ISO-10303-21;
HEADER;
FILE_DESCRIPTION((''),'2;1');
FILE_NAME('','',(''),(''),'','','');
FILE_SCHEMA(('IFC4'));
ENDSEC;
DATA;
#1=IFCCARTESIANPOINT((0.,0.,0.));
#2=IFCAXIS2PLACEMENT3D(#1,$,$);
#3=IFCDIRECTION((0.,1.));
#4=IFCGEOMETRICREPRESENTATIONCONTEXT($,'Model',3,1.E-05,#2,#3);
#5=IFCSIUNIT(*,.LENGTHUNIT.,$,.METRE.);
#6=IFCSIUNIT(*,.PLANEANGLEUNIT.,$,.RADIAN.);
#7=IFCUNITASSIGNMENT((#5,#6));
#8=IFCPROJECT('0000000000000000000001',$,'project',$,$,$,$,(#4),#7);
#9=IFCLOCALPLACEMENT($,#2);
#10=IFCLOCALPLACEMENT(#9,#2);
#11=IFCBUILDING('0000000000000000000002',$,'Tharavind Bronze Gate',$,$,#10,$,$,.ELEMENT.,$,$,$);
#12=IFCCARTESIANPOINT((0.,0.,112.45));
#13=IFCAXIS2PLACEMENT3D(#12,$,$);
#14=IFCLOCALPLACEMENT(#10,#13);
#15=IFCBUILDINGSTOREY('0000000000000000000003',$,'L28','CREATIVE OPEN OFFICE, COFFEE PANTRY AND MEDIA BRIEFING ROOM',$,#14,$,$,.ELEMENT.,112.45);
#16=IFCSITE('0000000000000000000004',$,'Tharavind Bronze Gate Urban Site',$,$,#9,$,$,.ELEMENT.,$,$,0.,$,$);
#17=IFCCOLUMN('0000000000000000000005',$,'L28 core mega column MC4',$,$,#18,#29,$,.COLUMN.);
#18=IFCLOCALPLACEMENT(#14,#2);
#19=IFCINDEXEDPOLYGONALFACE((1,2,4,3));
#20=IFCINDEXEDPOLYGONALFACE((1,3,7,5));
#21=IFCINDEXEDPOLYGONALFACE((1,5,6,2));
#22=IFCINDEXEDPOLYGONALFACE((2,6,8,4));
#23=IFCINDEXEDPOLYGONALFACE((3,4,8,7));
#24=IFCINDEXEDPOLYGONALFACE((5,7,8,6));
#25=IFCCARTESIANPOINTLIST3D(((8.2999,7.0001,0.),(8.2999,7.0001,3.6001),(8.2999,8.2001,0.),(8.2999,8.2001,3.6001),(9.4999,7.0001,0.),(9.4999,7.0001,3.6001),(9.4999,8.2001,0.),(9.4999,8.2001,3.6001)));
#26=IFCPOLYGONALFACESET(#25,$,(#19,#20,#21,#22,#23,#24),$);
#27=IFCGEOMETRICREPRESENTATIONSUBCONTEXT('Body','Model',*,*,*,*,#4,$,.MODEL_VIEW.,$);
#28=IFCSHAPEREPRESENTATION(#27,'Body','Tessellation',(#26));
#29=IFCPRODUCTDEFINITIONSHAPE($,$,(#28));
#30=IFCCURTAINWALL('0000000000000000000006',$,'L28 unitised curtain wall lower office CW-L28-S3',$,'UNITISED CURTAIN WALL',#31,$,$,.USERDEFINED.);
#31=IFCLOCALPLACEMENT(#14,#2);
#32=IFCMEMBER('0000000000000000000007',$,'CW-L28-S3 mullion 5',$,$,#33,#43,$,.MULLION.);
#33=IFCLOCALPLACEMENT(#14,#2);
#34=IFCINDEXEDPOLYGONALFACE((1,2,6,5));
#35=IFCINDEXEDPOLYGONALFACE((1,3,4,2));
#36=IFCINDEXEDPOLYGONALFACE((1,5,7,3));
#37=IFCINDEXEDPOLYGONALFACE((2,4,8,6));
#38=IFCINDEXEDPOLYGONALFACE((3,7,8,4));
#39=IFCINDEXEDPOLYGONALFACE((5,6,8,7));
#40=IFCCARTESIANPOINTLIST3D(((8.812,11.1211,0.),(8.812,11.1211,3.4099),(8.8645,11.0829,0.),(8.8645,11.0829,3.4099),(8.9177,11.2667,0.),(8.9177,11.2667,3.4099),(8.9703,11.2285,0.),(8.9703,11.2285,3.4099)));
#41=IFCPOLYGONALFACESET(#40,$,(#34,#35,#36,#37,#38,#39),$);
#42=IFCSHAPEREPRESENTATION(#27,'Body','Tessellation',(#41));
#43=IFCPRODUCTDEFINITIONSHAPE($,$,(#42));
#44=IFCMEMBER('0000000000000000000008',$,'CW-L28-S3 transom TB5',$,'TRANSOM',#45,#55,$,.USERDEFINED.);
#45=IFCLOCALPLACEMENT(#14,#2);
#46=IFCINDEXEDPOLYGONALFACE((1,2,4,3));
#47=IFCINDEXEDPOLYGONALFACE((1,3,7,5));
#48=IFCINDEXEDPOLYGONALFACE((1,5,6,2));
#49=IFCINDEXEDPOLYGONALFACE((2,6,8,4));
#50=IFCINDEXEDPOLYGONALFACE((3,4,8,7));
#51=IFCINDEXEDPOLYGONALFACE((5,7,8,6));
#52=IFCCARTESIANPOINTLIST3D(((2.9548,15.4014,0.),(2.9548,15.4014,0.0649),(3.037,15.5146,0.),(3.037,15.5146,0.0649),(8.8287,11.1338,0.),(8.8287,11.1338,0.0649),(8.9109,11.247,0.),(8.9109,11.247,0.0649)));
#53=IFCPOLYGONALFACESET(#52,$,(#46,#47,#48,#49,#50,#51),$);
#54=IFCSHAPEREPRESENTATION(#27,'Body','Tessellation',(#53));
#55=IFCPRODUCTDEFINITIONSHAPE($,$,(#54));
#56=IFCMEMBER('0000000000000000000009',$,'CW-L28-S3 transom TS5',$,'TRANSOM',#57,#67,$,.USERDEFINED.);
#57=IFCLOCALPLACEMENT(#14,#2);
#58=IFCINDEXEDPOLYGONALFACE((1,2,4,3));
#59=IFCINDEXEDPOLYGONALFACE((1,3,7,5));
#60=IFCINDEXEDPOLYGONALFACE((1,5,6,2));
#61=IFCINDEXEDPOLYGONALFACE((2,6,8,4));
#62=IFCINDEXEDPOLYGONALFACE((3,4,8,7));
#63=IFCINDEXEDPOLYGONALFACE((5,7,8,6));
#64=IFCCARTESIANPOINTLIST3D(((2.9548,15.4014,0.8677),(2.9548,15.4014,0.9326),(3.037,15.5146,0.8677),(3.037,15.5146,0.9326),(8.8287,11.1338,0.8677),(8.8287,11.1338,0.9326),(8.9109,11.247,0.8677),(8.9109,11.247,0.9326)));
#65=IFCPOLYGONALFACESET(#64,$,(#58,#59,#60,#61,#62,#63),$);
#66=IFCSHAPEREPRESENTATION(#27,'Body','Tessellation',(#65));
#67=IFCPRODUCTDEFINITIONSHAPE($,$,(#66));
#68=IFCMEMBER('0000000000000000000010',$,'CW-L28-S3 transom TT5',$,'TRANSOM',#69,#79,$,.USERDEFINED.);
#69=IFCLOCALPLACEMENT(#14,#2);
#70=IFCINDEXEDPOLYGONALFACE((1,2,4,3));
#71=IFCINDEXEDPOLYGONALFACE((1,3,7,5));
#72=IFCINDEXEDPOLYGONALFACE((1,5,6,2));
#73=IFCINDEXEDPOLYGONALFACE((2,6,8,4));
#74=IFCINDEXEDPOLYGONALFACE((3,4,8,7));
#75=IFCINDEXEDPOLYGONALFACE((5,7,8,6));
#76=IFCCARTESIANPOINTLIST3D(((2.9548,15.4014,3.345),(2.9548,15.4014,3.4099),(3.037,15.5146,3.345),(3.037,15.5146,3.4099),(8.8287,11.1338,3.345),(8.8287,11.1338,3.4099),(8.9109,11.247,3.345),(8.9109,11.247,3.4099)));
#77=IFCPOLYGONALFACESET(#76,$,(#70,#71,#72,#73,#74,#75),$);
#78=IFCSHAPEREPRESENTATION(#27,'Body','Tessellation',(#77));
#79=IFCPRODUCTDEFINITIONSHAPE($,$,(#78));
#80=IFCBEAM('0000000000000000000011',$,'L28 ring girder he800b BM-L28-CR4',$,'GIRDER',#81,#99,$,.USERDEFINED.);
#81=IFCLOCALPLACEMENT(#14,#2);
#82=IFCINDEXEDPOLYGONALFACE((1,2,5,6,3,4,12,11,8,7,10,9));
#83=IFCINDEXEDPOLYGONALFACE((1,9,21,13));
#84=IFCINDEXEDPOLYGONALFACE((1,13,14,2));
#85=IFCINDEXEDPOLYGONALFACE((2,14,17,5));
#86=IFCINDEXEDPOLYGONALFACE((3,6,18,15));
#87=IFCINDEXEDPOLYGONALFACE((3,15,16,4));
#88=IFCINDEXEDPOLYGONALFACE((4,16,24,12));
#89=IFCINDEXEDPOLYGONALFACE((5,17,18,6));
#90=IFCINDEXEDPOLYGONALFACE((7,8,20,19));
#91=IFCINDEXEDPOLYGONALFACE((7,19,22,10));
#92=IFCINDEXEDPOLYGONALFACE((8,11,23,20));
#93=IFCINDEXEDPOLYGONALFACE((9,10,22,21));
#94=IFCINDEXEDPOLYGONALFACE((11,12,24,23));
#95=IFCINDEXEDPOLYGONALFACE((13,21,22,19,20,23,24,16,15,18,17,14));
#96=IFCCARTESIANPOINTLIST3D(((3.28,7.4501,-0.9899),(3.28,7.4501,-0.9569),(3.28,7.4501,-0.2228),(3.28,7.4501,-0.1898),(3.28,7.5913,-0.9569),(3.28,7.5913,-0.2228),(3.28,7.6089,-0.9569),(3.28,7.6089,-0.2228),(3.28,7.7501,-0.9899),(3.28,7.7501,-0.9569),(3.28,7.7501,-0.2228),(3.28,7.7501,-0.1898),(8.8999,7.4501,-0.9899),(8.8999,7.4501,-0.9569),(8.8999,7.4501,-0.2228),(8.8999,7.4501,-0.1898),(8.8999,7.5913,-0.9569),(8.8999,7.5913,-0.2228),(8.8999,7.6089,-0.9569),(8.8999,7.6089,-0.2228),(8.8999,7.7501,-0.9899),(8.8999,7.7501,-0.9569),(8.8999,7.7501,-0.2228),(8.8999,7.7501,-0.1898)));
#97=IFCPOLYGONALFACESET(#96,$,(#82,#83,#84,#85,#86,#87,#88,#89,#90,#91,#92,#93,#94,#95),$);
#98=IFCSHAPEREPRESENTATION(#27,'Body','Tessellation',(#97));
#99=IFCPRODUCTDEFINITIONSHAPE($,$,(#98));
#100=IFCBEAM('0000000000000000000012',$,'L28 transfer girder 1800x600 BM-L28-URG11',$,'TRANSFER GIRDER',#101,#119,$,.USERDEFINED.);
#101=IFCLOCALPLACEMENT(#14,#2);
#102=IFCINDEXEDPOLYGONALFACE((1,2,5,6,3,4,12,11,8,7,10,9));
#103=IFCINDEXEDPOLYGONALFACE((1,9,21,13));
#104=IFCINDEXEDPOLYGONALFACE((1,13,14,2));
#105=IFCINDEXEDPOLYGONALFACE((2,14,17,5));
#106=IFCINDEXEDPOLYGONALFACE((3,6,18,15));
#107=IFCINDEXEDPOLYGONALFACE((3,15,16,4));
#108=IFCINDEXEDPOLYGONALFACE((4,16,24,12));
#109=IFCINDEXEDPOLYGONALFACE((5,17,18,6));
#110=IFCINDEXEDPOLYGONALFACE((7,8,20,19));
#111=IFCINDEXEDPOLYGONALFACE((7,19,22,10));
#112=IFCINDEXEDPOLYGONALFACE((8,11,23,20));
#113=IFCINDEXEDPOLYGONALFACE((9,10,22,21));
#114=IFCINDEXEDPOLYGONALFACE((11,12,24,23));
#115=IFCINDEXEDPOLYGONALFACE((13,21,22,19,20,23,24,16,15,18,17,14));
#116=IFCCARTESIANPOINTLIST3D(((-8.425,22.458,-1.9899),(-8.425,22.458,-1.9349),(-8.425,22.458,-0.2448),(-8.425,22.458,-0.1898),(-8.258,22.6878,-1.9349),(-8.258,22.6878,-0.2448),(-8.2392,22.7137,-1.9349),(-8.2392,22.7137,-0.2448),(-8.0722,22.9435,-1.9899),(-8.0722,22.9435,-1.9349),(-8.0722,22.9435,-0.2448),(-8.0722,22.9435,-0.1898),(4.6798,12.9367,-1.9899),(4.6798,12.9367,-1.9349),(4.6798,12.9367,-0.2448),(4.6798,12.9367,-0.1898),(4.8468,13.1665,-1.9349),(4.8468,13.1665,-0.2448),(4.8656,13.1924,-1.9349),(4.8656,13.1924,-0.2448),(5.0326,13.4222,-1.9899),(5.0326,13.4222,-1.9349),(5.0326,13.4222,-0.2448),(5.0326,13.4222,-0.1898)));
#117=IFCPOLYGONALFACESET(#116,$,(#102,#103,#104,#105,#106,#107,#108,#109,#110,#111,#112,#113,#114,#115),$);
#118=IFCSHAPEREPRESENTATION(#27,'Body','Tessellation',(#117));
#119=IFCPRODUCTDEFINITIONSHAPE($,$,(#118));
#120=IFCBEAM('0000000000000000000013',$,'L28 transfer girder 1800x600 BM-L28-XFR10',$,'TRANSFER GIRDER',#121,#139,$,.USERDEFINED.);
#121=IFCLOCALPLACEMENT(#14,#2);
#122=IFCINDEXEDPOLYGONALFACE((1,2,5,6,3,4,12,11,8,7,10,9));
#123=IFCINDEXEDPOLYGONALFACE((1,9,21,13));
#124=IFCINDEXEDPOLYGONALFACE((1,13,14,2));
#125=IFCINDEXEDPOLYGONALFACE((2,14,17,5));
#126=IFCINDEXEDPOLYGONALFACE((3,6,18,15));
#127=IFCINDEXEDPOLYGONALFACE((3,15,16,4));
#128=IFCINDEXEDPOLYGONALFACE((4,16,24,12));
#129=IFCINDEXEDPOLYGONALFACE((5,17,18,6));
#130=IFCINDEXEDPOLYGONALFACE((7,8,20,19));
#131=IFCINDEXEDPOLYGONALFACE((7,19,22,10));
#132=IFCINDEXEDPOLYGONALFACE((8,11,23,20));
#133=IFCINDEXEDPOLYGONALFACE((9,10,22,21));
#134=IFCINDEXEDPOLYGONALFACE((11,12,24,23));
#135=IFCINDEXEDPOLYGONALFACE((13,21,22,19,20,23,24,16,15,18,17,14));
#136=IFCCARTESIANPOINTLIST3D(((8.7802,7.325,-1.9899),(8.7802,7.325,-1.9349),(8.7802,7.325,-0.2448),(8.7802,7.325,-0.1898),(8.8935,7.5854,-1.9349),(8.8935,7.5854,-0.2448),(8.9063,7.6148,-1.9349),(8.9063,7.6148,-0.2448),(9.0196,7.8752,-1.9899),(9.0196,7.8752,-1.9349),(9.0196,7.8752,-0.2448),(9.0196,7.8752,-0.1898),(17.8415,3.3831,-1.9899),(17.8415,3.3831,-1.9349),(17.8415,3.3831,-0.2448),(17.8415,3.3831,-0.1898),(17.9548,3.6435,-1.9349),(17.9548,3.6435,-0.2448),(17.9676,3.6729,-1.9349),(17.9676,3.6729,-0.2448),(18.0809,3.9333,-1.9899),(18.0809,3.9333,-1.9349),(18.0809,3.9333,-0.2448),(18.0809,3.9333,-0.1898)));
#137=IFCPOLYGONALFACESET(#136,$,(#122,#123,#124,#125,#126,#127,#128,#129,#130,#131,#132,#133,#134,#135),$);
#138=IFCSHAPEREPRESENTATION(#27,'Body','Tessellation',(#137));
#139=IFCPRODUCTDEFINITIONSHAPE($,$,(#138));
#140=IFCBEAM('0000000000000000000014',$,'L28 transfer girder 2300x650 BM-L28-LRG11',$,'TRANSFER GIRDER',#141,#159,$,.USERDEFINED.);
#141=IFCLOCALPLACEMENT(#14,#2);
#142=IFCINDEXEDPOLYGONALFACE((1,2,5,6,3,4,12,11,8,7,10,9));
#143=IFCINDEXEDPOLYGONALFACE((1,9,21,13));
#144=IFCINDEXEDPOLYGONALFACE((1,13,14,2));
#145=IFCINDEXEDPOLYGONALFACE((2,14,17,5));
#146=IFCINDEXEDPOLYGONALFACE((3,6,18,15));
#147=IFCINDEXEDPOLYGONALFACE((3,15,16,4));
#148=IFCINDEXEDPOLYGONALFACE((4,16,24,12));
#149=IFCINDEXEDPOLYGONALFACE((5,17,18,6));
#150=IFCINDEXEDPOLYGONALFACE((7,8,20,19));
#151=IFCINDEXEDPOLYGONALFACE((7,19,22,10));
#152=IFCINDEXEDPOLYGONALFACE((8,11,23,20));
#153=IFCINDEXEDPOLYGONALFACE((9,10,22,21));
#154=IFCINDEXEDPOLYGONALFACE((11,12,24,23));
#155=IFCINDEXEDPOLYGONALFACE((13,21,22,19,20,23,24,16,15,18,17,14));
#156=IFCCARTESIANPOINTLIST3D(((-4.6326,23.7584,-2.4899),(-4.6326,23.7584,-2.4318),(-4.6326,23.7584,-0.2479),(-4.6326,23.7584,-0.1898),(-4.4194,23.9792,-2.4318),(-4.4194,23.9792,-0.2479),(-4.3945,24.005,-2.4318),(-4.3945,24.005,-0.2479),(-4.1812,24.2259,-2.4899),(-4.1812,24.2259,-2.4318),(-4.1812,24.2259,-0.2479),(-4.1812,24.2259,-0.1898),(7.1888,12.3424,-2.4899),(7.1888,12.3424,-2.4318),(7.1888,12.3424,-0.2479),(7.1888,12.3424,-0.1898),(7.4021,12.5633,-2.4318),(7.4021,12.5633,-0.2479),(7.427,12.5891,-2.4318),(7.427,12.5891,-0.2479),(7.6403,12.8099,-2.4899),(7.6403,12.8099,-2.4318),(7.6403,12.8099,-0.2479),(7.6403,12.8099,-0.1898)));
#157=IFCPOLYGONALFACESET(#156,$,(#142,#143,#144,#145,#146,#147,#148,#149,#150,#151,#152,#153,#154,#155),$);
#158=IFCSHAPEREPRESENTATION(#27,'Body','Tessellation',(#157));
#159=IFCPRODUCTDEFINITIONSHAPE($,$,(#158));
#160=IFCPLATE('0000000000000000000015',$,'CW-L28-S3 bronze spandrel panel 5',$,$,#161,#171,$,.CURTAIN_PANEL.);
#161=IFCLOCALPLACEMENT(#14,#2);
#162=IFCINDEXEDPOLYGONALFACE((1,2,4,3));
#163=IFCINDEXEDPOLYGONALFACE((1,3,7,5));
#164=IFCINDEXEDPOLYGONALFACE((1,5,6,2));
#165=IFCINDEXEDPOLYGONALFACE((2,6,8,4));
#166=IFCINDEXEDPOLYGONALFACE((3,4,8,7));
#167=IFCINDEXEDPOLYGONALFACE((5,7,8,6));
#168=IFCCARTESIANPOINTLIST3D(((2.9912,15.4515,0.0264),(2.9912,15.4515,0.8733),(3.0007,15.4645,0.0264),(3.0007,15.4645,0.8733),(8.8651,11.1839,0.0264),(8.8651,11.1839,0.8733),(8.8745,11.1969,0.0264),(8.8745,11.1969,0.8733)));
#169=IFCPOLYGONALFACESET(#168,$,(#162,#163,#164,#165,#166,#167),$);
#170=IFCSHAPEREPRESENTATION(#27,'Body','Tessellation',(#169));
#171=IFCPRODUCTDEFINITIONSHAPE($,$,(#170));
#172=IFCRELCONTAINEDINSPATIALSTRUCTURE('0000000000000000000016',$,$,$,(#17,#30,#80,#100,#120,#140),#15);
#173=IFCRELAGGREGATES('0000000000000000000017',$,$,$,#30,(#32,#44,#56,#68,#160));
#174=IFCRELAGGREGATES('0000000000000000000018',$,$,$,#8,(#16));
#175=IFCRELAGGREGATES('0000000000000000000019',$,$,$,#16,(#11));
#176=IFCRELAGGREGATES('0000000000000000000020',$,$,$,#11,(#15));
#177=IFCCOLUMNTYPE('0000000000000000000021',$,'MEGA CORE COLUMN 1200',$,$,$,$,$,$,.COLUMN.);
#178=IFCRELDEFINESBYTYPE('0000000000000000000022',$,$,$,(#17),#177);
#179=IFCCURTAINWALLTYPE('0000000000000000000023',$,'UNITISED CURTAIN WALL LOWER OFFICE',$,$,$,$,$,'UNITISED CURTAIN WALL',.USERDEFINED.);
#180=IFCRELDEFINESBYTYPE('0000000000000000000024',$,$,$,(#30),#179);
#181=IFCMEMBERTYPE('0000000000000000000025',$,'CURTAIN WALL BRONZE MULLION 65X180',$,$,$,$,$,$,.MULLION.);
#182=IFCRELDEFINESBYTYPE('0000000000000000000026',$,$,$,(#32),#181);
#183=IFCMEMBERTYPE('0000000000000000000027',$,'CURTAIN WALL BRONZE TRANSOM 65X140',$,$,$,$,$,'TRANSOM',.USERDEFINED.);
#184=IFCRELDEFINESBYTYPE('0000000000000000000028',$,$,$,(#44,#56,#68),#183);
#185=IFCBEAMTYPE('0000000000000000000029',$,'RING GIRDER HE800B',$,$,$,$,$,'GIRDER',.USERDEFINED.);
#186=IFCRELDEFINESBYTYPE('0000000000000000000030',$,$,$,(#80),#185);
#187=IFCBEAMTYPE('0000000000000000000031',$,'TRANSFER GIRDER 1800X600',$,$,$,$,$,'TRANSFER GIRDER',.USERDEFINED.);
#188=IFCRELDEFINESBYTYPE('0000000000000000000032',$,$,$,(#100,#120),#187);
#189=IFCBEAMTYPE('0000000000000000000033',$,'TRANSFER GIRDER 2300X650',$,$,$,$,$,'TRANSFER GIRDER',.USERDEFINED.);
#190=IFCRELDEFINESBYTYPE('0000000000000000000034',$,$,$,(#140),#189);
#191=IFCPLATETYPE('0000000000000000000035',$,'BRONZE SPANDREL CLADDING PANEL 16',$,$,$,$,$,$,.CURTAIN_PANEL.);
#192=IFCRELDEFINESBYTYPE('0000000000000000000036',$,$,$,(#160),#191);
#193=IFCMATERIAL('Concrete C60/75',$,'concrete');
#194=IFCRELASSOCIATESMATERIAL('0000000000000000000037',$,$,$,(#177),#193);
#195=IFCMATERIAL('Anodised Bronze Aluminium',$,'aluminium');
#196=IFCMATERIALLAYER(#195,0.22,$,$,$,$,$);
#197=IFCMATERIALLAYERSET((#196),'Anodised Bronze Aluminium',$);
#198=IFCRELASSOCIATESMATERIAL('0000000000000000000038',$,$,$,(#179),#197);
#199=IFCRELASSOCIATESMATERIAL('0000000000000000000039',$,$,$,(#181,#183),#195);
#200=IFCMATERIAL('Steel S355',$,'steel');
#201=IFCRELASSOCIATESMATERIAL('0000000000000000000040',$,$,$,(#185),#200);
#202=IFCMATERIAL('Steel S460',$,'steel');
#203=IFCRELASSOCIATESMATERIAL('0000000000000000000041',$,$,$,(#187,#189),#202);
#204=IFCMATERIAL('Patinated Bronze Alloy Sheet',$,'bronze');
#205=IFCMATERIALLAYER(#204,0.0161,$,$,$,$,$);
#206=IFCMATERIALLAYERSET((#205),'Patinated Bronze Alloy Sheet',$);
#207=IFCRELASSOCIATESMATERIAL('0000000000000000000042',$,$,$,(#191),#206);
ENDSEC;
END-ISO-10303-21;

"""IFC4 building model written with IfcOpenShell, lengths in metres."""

from ifc_helpers import new_model, si_unit, direction, frame, origin, origin_2d, place, context, subcontext, project, spatial, rectangle, i_section, extrude, material, layer, layer_set, material_profile, profile_set, type_object, element, aggregate, save


model = new_model("IFC4")

# Units and contexts
model_context = context("Model", 3, precision=1e-05, world=origin(), true_north=direction((0.0, 1.0)))
body_context = subcontext(model_context, "Body", "Model", "MODEL_VIEW")
ifc_project = project(units=[si_unit("LENGTHUNIT", "METRE"), si_unit("PLANEANGLEUNIT", "RADIAN")], contexts=[model_context])

# Site, building, storey
site_placement = place(None, origin())
site = spatial("IfcSite", under=ifc_project, at=site_placement, Name="Tharavind Bronze Gate Urban Site", CompositionType="ELEMENT", RefElevation=0.0)
building_placement = place(site_placement, origin())
building = spatial("IfcBuilding", under=site, at=building_placement, Name="Tharavind Bronze Gate", CompositionType="ELEMENT")
storey_placement = place(building_placement, frame((0.0, 0.0, 112.45)))
storey = spatial("IfcBuildingStorey", under=building, at=storey_placement, Name="L28", Description="CREATIVE OPEN OFFICE, COFFEE PANTRY AND MEDIA BRIEFING ROOM", CompositionType="ELEMENT", Elevation=112.45)

# Column
ifc_material_1 = material(Name="Concrete C60/75", Category="concrete")
ifc_material_profile_1 = material_profile(ifc_material_1, rectangle(XDim=1.2, YDim=1.2, at=origin_2d()), Name="RCCOL1200")
ifc_profile_set_1 = profile_set([ifc_material_profile_1], Name="Concrete C60/75")
column_type = type_object("IfcColumnType", Name="MEGA CORE COLUMN 1200", PredefinedType="COLUMN", material=ifc_profile_set_1)
column_placement = place(storey_placement, frame((8.8999, 7.6001, 0.0), z_axis=(0.0, 0.0, 1.0), x_axis=(1.0, 0.0, 0.0)))
element("IfcColumn", 1, at=column_placement, inside=storey, type_object=column_type, Name="L28 core mega column MC4", PredefinedType="COLUMN", context=body_context, shape_type="SweptSolid", body=[
    extrude(rectangle(XDim=1.2, YDim=1.2, at=origin_2d()), origin(), (0.0, 0.0, 1.0), 3.6001),
])

# Curtain wall, members
ifc_material_2 = material(Name="Anodised Bronze Aluminium", Category="aluminium")
ifc_layer_1 = layer(ifc_material_2, 0.22)
ifc_layer_set_1 = layer_set([ifc_layer_1], Name="Anodised Bronze Aluminium")
curtain_wall_type = type_object("IfcCurtainWallType", Name="UNITISED CURTAIN WALL LOWER OFFICE", ElementType="UNITISED CURTAIN WALL", PredefinedType="USERDEFINED", material=ifc_layer_set_1)
curtain_wall_placement = place(storey_placement, origin())
curtain_wall = element("IfcCurtainWall", 2, at=curtain_wall_placement, inside=storey, type_object=curtain_wall_type, Name="L28 unitised curtain wall lower office CW-L28-S3", ObjectType="UNITISED CURTAIN WALL", PredefinedType="USERDEFINED")
member_type_1 = type_object("IfcMemberType", Name="CURTAIN WALL BRONZE MULLION 65X180", PredefinedType="MULLION", material=ifc_material_2)
member_1_placement = place(storey_placement, frame((8.8911, 11.1748, 0.0), z_axis=(0.0, 0.0, 1.0), x_axis=(-0.809017, 0.587785, 0.0)))
member_1 = element("IfcMember", 3, at=member_1_placement, type_object=member_type_1, Name="CW-L28-S3 mullion 5", PredefinedType="MULLION", context=body_context, shape_type="SweptSolid", body=[
    extrude(rectangle(XDim=0.0649, YDim=0.1799, at=origin_2d()), origin(), (0.0, 0.0, 1.0), 3.4099),
])
member_type_2 = type_object("IfcMemberType", Name="CURTAIN WALL BRONZE TRANSOM 65X140", ElementType="TRANSOM", PredefinedType="USERDEFINED", material=ifc_material_2)
member_2_placement = place(storey_placement, frame((5.9329, 13.3242, 0.0), z_axis=(0.0, 0.0, 1.0), x_axis=(-0.809017, 0.587785, 0.0)))
member_2 = element("IfcMember", 4, at=member_2_placement, type_object=member_type_2, Name="CW-L28-S3 transom TB5", ObjectType="TRANSOM", PredefinedType="USERDEFINED", context=body_context, shape_type="SweptSolid", body=[
    extrude(rectangle(XDim=7.2605, YDim=0.1399, at=origin_2d()), origin(), (0.0, 0.0, 1.0), 0.0649),
])
member_3_placement = place(storey_placement, frame((5.9329, 13.3242, 0.8677), z_axis=(0.0, 0.0, 1.0), x_axis=(-0.809017, 0.587785, 0.0)))
member_3 = element("IfcMember", 5, at=member_3_placement, type_object=member_type_2, Name="CW-L28-S3 transom TS5", ObjectType="TRANSOM", PredefinedType="USERDEFINED", context=body_context, shape_type="SweptSolid", body=[
    extrude(rectangle(XDim=7.2605, YDim=0.1399, at=origin_2d()), origin(), (0.0, 0.0, 1.0), 0.0649),
])
member_4_placement = place(storey_placement, frame((5.9329, 13.3242, 3.345), z_axis=(0.0, 0.0, 1.0), x_axis=(-0.809017, 0.587785, 0.0)))
member_4 = element("IfcMember", 6, at=member_4_placement, type_object=member_type_2, Name="CW-L28-S3 transom TT5", ObjectType="TRANSOM", PredefinedType="USERDEFINED", context=body_context, shape_type="SweptSolid", body=[
    extrude(rectangle(XDim=7.2605, YDim=0.1399, at=origin_2d()), origin(), (0.0, 0.0, 1.0), 0.0649),
])

# Beams
ifc_material_3 = material(Name="Steel S355", Category="steel")
ifc_material_profile_2 = material_profile(ifc_material_3, i_section(OverallWidth=0.3, OverallDepth=0.8, WebThickness=0.0176, FlangeThickness=0.033, at=origin_2d()), Name="HE800B")
ifc_profile_set_2 = profile_set([ifc_material_profile_2], Name="Steel S355")
beam_type_1 = type_object("IfcBeamType", Name="RING GIRDER HE800B", ElementType="GIRDER", PredefinedType="USERDEFINED", material=ifc_profile_set_2)
beam_1_placement = place(storey_placement, frame((8.8999, 7.6001, -0.5898), z_axis=(-1.0, 0.0, 0.0), x_axis=(0.0, -1.0, 0.0)))
element("IfcBeam", 7, at=beam_1_placement, inside=storey, type_object=beam_type_1, Name="L28 ring girder he800b BM-L28-CR4", ObjectType="GIRDER", PredefinedType="USERDEFINED", context=body_context, shape_type="SweptSolid", body=[
    extrude(i_section(OverallWidth=0.3, OverallDepth=0.8, WebThickness=0.0176, FlangeThickness=0.033, at=origin_2d()), origin(), (0.0, 0.0, 1.0), 5.6199),
])
ifc_material_4 = material(Name="Steel S460", Category="steel")
ifc_material_profile_3 = material_profile(ifc_material_4, i_section(OverallWidth=0.6001, OverallDepth=1.8, WebThickness=0.032, FlangeThickness=0.0549, at=origin_2d()), Name="PG1800X600")
ifc_profile_set_3 = profile_set([ifc_material_profile_3], Name="Steel S460")
beam_type_2 = type_object("IfcBeamType", Name="TRANSFER GIRDER 1800X600", ElementType="TRANSFER GIRDER", PredefinedType="USERDEFINED", material=ifc_profile_set_3)
beam_2_placement = place(storey_placement, frame((4.8562, 13.1794, -1.0898), z_axis=(-0.809014, 0.587789, 0.0), x_axis=(-0.587789, -0.809014, 0.0)))
element("IfcBeam", 8, at=beam_2_placement, inside=storey, type_object=beam_type_2, Name="L28 transfer girder 1800x600 BM-L28-URG11", ObjectType="TRANSFER GIRDER", PredefinedType="USERDEFINED", context=body_context, shape_type="SweptSolid", body=[
    extrude(i_section(OverallWidth=0.6001, OverallDepth=1.8, WebThickness=0.032, FlangeThickness=0.0549, at=origin_2d()), origin(), (0.0, 0.0, 1.0), 16.1985),
])
beam_3_placement = place(storey_placement, frame((8.8999, 7.6001, -1.0898), z_axis=(0.916988, -0.398914, 0.0), x_axis=(0.398914, 0.916988, 0.0)))
element("IfcBeam", 9, at=beam_3_placement, inside=storey, type_object=beam_type_2, Name="L28 transfer girder 1800x600 BM-L28-XFR10", ObjectType="TRANSFER GIRDER", PredefinedType="USERDEFINED", context=body_context, shape_type="SweptSolid", body=[
    extrude(i_section(OverallWidth=0.6001, OverallDepth=1.8, WebThickness=0.032, FlangeThickness=0.0549, at=origin_2d()), origin(), (0.0, 0.0, 1.0), 9.8816),
])
ifc_material_profile_4 = material_profile(ifc_material_4, i_section(OverallWidth=0.6499, OverallDepth=2.3, WebThickness=0.0359, FlangeThickness=0.0581, at=origin_2d()), Name="PG2300X650")
ifc_profile_set_4 = profile_set([ifc_material_profile_4], Name="Steel S460")
beam_type_3 = type_object("IfcBeamType", Name="TRANSFER GIRDER 2300X650", ElementType="TRANSFER GIRDER", PredefinedType="USERDEFINED", material=ifc_profile_set_4)
beam_4_placement = place(storey_placement, frame((7.4146, 12.5762, -1.3398), z_axis=(-0.719337, 0.694661, 0.0), x_axis=(-0.694661, -0.719337, 0.0)))
element("IfcBeam", 10, at=beam_4_placement, inside=storey, type_object=beam_type_3, Name="L28 transfer girder 2300x650 BM-L28-LRG11", ObjectType="TRANSFER GIRDER", PredefinedType="USERDEFINED", context=body_context, shape_type="SweptSolid", body=[
    extrude(i_section(OverallWidth=0.6499, OverallDepth=2.3, WebThickness=0.0359, FlangeThickness=0.0581, at=origin_2d()), origin(), (0.0, 0.0, 1.0), 16.4338),
])

# Plate
ifc_material_5 = material(Name="Patinated Bronze Alloy Sheet", Category="bronze")
ifc_layer_2 = layer(ifc_material_5, 0.0161)
ifc_layer_set_2 = layer_set([ifc_layer_2], Name="Patinated Bronze Alloy Sheet")
plate_type_1 = type_object("IfcPlateType", Name="BRONZE SPANDREL CLADDING PANEL 16", PredefinedType="CURTAIN_PANEL", material=ifc_layer_set_2)
plate_1_placement = place(storey_placement, frame((5.9329, 13.3242, 0.0264), z_axis=(0.0, 0.0, 1.0), x_axis=(-0.809017, 0.587785, 0.0)))
plate_1 = element("IfcPlate", 11, at=plate_1_placement, type_object=plate_type_1, Name="CW-L28-S3 bronze spandrel panel 5", PredefinedType="CURTAIN_PANEL", context=body_context, shape_type="SweptSolid", body=[
    extrude(rectangle(XDim=7.2605, YDim=0.0161, at=origin_2d()), origin(), (0.0, 0.0, 1.0), 0.8469),
])
aggregate(curtain_wall, [member_1, member_2, member_3, member_4, plate_1])

save(model, "model.ifc")
